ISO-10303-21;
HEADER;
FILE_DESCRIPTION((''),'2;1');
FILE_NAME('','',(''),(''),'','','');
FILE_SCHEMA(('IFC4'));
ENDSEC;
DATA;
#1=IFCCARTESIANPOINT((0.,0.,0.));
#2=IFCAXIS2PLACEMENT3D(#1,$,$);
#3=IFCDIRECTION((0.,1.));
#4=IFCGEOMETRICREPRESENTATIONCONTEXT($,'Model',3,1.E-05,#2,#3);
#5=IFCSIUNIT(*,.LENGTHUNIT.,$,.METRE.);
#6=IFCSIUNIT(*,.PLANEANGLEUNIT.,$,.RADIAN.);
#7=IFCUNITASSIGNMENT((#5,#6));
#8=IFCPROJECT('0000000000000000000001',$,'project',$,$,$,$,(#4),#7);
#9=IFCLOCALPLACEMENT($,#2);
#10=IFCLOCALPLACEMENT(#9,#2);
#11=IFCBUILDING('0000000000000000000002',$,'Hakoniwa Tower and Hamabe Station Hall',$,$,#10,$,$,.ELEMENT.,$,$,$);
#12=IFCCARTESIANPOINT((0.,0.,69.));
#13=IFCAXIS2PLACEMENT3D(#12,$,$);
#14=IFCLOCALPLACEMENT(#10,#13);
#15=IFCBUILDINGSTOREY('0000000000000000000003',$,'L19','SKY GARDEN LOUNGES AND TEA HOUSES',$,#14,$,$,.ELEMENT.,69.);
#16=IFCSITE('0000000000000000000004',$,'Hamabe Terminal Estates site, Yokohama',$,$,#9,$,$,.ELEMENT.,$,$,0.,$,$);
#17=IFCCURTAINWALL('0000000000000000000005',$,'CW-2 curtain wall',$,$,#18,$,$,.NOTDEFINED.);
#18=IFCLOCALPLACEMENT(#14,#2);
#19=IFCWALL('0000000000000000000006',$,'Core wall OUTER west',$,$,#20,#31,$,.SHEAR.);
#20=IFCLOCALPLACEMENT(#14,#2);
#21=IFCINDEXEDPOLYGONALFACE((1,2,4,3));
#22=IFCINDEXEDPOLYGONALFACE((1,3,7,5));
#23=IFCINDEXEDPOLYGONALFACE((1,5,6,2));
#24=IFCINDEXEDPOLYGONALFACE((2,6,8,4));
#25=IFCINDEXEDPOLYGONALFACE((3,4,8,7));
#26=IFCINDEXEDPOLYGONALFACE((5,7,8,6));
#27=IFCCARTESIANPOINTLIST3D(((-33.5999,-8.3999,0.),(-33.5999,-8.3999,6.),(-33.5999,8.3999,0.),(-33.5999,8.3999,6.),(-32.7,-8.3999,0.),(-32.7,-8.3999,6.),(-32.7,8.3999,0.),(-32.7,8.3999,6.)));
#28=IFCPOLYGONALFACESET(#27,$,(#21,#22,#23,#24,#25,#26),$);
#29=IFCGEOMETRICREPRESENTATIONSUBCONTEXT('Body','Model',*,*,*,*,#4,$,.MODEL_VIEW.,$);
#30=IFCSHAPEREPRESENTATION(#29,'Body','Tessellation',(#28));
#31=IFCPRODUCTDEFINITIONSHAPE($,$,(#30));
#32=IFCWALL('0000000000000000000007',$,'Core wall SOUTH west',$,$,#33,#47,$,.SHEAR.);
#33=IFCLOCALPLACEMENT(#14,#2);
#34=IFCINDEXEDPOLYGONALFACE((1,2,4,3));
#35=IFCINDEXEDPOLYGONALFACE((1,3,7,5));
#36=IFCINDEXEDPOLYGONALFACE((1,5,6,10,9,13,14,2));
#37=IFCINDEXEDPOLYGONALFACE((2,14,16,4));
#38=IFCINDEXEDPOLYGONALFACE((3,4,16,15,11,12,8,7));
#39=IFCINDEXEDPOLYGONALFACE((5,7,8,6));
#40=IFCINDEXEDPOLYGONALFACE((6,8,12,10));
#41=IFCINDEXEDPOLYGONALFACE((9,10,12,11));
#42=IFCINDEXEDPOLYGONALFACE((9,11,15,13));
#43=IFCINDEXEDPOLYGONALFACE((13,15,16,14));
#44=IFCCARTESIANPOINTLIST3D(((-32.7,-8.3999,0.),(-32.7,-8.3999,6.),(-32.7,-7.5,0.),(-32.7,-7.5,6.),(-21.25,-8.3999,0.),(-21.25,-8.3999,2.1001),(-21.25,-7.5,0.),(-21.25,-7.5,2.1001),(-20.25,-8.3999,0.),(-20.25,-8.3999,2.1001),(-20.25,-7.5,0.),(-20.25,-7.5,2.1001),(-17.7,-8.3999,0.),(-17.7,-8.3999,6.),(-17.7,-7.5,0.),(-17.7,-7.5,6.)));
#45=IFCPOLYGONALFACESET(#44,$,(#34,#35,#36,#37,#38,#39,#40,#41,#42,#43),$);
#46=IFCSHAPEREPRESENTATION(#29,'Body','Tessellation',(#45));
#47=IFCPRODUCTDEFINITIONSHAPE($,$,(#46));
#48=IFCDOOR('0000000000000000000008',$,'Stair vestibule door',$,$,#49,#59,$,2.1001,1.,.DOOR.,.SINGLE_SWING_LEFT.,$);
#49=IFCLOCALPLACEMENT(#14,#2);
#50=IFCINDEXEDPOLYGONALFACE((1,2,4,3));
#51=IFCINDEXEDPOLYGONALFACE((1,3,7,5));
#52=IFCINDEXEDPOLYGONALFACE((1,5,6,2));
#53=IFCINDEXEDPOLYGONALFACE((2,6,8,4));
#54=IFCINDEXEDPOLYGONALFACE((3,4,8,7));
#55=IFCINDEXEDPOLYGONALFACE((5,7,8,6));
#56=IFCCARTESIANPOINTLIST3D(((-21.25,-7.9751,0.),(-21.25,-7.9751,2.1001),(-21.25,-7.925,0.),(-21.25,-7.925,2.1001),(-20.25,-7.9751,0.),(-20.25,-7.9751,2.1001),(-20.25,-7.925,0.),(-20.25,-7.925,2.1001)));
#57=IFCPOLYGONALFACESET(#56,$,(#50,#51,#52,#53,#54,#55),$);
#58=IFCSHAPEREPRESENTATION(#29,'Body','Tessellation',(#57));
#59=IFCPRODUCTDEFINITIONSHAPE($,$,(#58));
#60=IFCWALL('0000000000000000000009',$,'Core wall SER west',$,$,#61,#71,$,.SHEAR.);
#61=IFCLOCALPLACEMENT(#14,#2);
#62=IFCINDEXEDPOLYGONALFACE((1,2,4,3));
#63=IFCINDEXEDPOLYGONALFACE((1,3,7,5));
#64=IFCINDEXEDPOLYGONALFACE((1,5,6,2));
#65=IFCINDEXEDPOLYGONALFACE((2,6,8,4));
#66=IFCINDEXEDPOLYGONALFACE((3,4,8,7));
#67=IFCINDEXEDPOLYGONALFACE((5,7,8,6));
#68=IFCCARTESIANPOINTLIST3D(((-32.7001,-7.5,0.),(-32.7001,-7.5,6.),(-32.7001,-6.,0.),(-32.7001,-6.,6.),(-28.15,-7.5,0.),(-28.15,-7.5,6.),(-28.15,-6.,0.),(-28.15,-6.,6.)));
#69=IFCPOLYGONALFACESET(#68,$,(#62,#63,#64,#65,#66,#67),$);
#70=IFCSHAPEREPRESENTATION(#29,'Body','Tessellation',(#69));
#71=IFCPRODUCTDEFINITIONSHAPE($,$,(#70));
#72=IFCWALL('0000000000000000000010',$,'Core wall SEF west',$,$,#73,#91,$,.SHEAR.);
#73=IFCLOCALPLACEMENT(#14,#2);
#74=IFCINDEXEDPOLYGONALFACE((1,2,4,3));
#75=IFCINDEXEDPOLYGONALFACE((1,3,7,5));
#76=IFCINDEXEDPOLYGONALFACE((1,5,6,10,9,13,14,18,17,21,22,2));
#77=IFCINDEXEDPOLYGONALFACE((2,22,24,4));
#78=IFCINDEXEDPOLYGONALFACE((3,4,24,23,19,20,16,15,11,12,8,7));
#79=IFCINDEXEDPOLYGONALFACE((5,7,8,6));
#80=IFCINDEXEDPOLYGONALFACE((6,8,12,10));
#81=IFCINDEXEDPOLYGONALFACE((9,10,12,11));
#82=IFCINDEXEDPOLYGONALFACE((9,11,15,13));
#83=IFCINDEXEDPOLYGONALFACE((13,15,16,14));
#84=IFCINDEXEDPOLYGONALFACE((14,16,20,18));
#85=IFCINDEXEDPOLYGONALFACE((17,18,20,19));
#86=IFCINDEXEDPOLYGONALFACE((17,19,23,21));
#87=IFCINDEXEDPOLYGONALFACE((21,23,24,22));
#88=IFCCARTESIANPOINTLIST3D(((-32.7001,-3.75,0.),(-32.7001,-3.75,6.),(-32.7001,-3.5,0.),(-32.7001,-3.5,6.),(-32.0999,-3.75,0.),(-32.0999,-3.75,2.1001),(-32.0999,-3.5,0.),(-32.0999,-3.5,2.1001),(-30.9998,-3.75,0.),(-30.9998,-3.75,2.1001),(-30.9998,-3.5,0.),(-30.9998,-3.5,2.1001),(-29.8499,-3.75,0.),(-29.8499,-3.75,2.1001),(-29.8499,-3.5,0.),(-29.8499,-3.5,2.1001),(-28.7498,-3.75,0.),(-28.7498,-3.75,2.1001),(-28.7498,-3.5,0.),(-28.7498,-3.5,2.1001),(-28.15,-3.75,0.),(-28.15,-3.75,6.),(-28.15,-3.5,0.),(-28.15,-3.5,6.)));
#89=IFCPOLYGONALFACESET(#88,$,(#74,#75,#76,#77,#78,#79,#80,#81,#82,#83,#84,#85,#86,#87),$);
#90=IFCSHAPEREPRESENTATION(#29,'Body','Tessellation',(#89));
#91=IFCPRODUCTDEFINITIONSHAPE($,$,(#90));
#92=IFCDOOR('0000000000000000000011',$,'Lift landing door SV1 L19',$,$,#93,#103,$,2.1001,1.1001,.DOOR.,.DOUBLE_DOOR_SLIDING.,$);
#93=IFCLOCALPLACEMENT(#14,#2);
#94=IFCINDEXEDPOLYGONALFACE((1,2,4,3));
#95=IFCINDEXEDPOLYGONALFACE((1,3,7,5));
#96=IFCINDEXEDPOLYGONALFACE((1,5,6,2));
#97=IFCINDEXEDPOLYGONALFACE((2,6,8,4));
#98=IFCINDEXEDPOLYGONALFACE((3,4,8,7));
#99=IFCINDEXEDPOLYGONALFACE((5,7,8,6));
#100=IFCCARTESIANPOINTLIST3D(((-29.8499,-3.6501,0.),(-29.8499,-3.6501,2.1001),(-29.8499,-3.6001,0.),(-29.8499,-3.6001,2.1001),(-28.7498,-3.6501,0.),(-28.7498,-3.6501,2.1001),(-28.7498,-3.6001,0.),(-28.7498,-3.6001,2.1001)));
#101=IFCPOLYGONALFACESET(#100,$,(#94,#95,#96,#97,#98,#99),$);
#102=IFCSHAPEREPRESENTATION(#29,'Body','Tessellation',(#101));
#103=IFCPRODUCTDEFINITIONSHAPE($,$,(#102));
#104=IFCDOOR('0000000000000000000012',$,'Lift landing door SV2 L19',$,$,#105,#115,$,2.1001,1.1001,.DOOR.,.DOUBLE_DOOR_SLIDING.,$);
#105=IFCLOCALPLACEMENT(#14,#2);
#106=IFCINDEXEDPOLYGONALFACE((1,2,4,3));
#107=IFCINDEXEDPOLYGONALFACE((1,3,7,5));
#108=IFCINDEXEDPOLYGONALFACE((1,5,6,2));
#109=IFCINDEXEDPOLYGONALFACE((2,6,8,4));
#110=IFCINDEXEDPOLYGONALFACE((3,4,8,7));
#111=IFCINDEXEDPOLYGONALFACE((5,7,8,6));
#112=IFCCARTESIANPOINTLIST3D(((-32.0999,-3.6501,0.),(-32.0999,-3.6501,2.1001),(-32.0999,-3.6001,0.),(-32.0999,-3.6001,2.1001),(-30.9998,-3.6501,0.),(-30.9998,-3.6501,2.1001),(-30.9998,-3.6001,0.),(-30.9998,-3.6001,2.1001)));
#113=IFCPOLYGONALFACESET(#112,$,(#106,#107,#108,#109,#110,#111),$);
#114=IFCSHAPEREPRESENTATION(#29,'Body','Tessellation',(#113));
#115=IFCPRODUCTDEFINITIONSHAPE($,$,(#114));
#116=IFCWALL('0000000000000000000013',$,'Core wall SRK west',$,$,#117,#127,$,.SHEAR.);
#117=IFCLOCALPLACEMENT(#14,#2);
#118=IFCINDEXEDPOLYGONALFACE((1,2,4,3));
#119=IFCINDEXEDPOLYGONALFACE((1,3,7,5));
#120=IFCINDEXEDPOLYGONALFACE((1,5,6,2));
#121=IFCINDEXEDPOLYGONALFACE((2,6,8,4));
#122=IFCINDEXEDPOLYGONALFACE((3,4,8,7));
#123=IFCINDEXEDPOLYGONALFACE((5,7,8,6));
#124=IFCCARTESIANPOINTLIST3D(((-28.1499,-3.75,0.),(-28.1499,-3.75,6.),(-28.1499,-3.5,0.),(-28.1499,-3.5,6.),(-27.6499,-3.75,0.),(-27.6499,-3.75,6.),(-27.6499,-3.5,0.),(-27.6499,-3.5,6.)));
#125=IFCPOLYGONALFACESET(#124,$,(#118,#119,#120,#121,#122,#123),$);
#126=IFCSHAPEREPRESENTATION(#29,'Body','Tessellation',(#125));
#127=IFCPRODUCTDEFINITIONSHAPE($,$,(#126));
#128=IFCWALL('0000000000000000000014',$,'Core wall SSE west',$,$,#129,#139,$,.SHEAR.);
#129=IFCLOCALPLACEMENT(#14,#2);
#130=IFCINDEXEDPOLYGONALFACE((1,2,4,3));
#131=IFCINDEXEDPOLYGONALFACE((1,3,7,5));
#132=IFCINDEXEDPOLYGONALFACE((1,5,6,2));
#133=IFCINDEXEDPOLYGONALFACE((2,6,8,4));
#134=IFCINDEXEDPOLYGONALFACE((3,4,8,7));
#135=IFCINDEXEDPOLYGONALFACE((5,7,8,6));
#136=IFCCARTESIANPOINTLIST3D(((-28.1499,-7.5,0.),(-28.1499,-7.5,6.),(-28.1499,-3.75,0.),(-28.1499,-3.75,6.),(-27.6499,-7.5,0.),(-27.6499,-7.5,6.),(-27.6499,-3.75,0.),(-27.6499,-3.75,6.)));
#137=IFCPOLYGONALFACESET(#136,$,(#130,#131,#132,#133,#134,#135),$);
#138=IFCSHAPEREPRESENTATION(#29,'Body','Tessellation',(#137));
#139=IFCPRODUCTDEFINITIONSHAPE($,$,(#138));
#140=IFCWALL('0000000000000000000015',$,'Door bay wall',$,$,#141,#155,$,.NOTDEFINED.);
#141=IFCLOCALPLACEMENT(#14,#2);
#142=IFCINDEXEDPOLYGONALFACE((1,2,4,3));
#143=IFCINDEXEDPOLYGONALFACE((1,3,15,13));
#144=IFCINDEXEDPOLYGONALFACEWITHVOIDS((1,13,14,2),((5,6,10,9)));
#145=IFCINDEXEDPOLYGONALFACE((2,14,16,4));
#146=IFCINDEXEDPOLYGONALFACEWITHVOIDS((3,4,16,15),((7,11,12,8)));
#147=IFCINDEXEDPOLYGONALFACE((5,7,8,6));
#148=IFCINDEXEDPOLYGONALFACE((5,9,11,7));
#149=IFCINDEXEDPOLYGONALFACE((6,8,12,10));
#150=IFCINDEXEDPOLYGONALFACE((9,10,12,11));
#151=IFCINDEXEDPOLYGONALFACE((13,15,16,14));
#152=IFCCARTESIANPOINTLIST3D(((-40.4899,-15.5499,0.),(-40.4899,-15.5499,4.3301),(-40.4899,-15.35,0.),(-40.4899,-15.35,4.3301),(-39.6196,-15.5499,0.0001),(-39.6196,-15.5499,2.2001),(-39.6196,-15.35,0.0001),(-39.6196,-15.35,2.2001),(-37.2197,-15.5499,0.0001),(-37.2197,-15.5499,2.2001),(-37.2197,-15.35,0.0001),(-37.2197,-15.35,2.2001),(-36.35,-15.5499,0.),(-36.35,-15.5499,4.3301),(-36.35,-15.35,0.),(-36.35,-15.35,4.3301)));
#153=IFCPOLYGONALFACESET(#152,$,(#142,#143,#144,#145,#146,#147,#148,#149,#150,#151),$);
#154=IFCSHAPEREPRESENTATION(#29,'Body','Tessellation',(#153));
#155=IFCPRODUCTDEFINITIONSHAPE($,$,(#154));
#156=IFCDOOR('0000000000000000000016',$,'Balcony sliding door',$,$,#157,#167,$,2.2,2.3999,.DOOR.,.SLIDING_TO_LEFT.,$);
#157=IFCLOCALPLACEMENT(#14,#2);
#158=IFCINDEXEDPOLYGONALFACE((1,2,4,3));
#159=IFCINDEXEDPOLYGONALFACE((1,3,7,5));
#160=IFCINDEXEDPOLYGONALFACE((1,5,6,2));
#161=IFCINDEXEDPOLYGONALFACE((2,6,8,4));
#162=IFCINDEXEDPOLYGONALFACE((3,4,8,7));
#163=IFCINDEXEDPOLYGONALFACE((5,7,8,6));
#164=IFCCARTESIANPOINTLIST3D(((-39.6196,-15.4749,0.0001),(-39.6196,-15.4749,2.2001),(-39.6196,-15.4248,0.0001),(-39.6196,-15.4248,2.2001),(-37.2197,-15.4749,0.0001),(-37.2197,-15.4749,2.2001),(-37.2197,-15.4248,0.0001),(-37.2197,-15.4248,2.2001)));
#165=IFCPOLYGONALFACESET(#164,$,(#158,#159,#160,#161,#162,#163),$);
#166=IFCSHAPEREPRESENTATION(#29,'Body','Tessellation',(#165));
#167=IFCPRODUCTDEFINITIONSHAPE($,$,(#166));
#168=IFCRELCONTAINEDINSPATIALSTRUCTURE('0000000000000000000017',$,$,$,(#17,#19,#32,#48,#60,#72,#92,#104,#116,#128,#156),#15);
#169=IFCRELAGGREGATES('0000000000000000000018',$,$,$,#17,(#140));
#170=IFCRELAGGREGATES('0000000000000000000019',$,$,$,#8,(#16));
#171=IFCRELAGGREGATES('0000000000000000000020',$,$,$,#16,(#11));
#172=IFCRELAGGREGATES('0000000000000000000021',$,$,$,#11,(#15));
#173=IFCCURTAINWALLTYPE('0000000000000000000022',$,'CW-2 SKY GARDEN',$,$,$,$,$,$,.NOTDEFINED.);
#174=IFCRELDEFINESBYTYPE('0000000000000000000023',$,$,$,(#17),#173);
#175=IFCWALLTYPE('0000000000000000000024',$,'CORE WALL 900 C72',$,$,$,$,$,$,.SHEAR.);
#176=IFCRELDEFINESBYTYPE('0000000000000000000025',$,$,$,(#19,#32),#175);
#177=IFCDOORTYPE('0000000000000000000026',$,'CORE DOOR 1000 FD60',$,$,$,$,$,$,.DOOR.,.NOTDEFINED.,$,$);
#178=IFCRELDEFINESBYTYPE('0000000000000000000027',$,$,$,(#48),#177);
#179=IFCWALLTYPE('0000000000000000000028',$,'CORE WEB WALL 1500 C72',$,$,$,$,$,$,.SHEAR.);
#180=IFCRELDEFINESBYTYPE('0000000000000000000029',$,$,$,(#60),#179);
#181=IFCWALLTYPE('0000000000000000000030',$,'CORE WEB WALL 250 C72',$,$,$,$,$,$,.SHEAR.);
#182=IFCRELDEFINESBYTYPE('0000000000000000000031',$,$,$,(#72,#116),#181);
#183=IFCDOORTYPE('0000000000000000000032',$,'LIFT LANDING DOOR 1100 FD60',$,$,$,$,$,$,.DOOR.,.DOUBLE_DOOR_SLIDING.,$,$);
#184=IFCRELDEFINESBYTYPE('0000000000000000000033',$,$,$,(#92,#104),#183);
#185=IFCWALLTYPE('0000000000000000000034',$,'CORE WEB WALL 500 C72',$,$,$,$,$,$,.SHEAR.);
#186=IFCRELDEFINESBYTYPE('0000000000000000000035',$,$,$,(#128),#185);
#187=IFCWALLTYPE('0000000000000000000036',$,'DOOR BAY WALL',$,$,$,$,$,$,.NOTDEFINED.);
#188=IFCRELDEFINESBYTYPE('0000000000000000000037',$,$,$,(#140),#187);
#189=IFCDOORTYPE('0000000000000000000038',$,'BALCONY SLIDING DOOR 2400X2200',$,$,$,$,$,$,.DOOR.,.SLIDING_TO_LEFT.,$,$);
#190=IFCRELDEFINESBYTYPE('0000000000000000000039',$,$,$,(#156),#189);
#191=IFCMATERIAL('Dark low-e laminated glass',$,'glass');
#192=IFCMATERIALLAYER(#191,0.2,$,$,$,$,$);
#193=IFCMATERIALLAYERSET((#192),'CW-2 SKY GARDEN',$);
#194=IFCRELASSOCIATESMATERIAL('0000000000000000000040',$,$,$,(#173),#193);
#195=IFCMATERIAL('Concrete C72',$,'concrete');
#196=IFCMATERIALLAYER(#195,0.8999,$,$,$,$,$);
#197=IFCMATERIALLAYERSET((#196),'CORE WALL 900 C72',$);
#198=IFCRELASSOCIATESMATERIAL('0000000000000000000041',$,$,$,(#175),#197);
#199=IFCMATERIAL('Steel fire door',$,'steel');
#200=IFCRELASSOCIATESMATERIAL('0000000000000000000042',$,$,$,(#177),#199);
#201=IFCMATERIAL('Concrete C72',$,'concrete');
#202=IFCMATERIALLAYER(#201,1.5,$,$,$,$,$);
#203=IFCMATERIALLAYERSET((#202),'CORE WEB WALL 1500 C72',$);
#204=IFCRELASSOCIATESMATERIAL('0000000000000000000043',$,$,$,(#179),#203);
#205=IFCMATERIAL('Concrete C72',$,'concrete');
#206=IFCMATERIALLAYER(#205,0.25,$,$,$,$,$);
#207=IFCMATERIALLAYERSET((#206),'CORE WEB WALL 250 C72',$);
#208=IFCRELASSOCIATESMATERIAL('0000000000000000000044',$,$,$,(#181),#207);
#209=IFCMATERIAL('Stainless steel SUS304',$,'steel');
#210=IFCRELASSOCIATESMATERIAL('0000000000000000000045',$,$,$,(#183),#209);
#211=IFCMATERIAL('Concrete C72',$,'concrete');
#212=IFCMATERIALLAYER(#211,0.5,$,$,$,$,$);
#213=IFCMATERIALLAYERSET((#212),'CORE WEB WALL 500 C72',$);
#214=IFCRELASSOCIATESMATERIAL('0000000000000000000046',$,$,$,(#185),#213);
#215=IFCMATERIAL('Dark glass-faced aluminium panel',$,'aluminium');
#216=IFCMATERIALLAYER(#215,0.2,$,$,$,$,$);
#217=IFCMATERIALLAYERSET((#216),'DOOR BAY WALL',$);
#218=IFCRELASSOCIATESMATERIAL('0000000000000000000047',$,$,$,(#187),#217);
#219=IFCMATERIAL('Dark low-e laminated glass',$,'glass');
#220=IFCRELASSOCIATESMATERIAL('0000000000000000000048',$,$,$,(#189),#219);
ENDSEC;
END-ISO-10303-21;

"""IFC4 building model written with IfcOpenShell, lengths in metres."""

from ifc_helpers import new_model, si_unit, direction, frame, frame_2d, origin, place, context, subcontext, project, spatial, rectangle, extrude, material, layer, layer_set, type_object, element, fill, aggregate, save


model = new_model("IFC4")

# Units and contexts
model_context = context("Model", 3, precision=1e-05, world=origin(), true_north=direction((0.0, 1.0)))
body_context = subcontext(model_context, "Body", "Model", "MODEL_VIEW")
ifc_project = project(units=[si_unit("LENGTHUNIT", "METRE"), si_unit("PLANEANGLEUNIT", "RADIAN")], contexts=[model_context])

# Site, building, storey
site_placement = place(None, origin())
site = spatial("IfcSite", under=ifc_project, at=site_placement, Name="Hamabe Terminal Estates site, Yokohama", CompositionType="ELEMENT", RefElevation=0.0)
building_placement = place(site_placement, origin())
building = spatial("IfcBuilding", under=site, at=building_placement, Name="Hakoniwa Tower and Hamabe Station Hall", CompositionType="ELEMENT")
storey_placement = place(building_placement, frame((0.0, 0.0, 69.0)))
storey = spatial("IfcBuildingStorey", under=building, at=storey_placement, Name="L19", Description="SKY GARDEN LOUNGES AND TEA HOUSES", CompositionType="ELEMENT", Elevation=69.0)

# Curtain wall
ifc_material_1 = material(Name="Dark low-e laminated glass", Category="glass")
ifc_layer_1 = layer(ifc_material_1, 0.2)
ifc_layer_set_1 = layer_set([ifc_layer_1], Name="CW-2 SKY GARDEN")
curtain_wall_type = type_object("IfcCurtainWallType", Name="CW-2 SKY GARDEN", PredefinedType="NOTDEFINED", material=ifc_layer_set_1)
curtain_wall_placement = place(storey_placement, origin())
curtain_wall = element("IfcCurtainWall", 1, at=curtain_wall_placement, inside=storey, type_object=curtain_wall_type, Name="CW-2 curtain wall", PredefinedType="NOTDEFINED")

# Wall
ifc_material_2 = material(Name="Concrete C72", Category="concrete")
ifc_layer_2 = layer(ifc_material_2, 0.8999)
ifc_layer_set_2 = layer_set([ifc_layer_2], Name="CORE WALL 900 C72")
wall_type_1 = type_object("IfcWallType", Name="CORE WALL 900 C72", PredefinedType="SHEAR", material=ifc_layer_set_2)
wall_1_placement = place(storey_placement, frame((-33.1499, -8.3999, 0.0), z_axis=(0.0, 0.0, 1.0), x_axis=(0.0, 1.0, 0.0)))
element("IfcWall", 2, at=wall_1_placement, inside=storey, type_object=wall_type_1, Name="Core wall OUTER west", PredefinedType="SHEAR", context=body_context, shape_type="SweptSolid", body=[
    extrude(rectangle(XDim=16.7998, YDim=0.8999, at=frame_2d((8.3999, 0.0))), origin(), (0.0, 0.0, 1.0), 6.0),
])

# Wall, opening, door
wall_2_placement = place(storey_placement, frame((-32.7, -7.95, 0.0), z_axis=(0.0, 0.0, 1.0), x_axis=(1.0, 0.0, 0.0)))
wall_2 = element("IfcWall", 3, at=wall_2_placement, inside=storey, type_object=wall_type_1, Name="Core wall SOUTH west", PredefinedType="SHEAR", context=body_context, shape_type="SweptSolid", body=[
    extrude(rectangle(XDim=15.0, YDim=0.8999, at=frame_2d((7.5, 0.0))), origin(), (0.0, 0.0, 1.0), 6.0),
])
opening_1_placement = place(wall_2_placement, frame((11.45, 0.0, 0.0)))
opening_1 = element("IfcOpeningElement", 4, at=opening_1_placement, cuts=wall_2, PredefinedType="OPENING", context=body_context, shape_type="SweptSolid", body=[
    extrude(rectangle(XDim=1.0, YDim=2.1001, at=frame_2d((0.5, 1.05))), frame((0.0, 0.46, 0.0), z_axis=(0.0, -1.0, 0.0), x_axis=(1.0, 0.0, 0.0)), (0.0, 0.0, 1.0), 0.9199),
])
ifc_material_3 = material(Name="Steel fire door", Category="steel")
door_type_1 = type_object("IfcDoorType", Name="CORE DOOR 1000 FD60", OperationType="NOTDEFINED", PredefinedType="DOOR", material=ifc_material_3)
door_1_placement = place(opening_1_placement, origin())
door_1 = element("IfcDoor", 5, at=door_1_placement, inside=storey, type_object=door_type_1, Name="Stair vestibule door", OperationType="SINGLE_SWING_LEFT", OverallHeight=2.1001, OverallWidth=1.0, PredefinedType="DOOR", context=body_context, shape_type="SweptSolid", body=[
    extrude(rectangle(XDim=1.0, YDim=2.1001, at=frame_2d((0.5, 1.05))), frame((0.0, 0.0249, 0.0), z_axis=(0.0, -1.0, 0.0), x_axis=(1.0, 0.0, 0.0)), (0.0, 0.0, 1.0), 0.05),
])
fill(opening_1, door_1)

# Wall
ifc_material_4 = material(Name="Concrete C72", Category="concrete")
ifc_layer_3 = layer(ifc_material_4, 1.5)
ifc_layer_set_3 = layer_set([ifc_layer_3], Name="CORE WEB WALL 1500 C72")
wall_type_2 = type_object("IfcWallType", Name="CORE WEB WALL 1500 C72", PredefinedType="SHEAR", material=ifc_layer_set_3)
wall_3_placement = place(storey_placement, frame((-32.7, -6.75, 0.0), z_axis=(0.0, 0.0, 1.0), x_axis=(1.0, 0.0, 0.0)))
element("IfcWall", 6, at=wall_3_placement, inside=storey, type_object=wall_type_2, Name="Core wall SER west", PredefinedType="SHEAR", context=body_context, shape_type="SweptSolid", body=[
    extrude(rectangle(XDim=4.55, YDim=1.5, at=frame_2d((2.2749, 0.0))), origin(), (0.0, 0.0, 1.0), 6.0),
])

# Wall, openings, doors
ifc_material_5 = material(Name="Concrete C72", Category="concrete")
ifc_layer_4 = layer(ifc_material_5, 0.25)
ifc_layer_set_4 = layer_set([ifc_layer_4], Name="CORE WEB WALL 250 C72")
wall_type_3 = type_object("IfcWallType", Name="CORE WEB WALL 250 C72", PredefinedType="SHEAR", material=ifc_layer_set_4)
wall_4_placement = place(storey_placement, frame((-32.7, -3.625, 0.0), z_axis=(0.0, 0.0, 1.0), x_axis=(1.0, 0.0, 0.0)))
wall_4 = element("IfcWall", 7, at=wall_4_placement, inside=storey, type_object=wall_type_3, Name="Core wall SEF west", PredefinedType="SHEAR", context=body_context, shape_type="SweptSolid", body=[
    extrude(rectangle(XDim=4.55, YDim=0.25, at=frame_2d((2.2749, 0.0))), origin(), (0.0, 0.0, 1.0), 6.0),
])
opening_2_placement = place(wall_4_placement, frame((2.8501, 0.0, 0.0)))
opening_2 = element("IfcOpeningElement", 8, at=opening_2_placement, cuts=wall_4, PredefinedType="OPENING", context=body_context, shape_type="SweptSolid", body=[
    extrude(rectangle(XDim=1.1001, YDim=2.1001, at=frame_2d((0.55, 1.05))), frame((0.0, 0.135, 0.0), z_axis=(0.0, -1.0, 0.0), x_axis=(1.0, 0.0, 0.0)), (0.0, 0.0, 1.0), 0.27),
])
opening_3_placement = place(wall_4_placement, frame((0.6001, 0.0, 0.0)))
opening_3 = element("IfcOpeningElement", 9, at=opening_3_placement, cuts=wall_4, PredefinedType="OPENING", context=body_context, shape_type="SweptSolid", body=[
    extrude(rectangle(XDim=1.1001, YDim=2.1001, at=frame_2d((0.55, 1.05))), frame((0.0, 0.135, 0.0), z_axis=(0.0, -1.0, 0.0), x_axis=(1.0, 0.0, 0.0)), (0.0, 0.0, 1.0), 0.27),
])
ifc_material_6 = material(Name="Stainless steel SUS304", Category="steel")
door_type_2 = type_object("IfcDoorType", Name="LIFT LANDING DOOR 1100 FD60", OperationType="DOUBLE_DOOR_SLIDING", PredefinedType="DOOR", material=ifc_material_6)
door_2_placement = place(opening_2_placement, origin())
door_2 = element("IfcDoor", 10, at=door_2_placement, inside=storey, type_object=door_type_2, Name="Lift landing door SV1 L19", OperationType="DOUBLE_DOOR_SLIDING", OverallHeight=2.1001, OverallWidth=1.1001, PredefinedType="DOOR", context=body_context, shape_type="SweptSolid", body=[
    extrude(rectangle(XDim=1.1001, YDim=2.1001, at=frame_2d((0.55, 1.05))), frame((0.0, 0.0249, 0.0), z_axis=(0.0, -1.0, 0.0), x_axis=(1.0, 0.0, 0.0)), (0.0, 0.0, 1.0), 0.05),
])
fill(opening_2, door_2)
door_3_placement = place(opening_3_placement, origin())
door_3 = element("IfcDoor", 11, at=door_3_placement, inside=storey, type_object=door_type_2, Name="Lift landing door SV2 L19", OperationType="DOUBLE_DOOR_SLIDING", OverallHeight=2.1001, OverallWidth=1.1001, PredefinedType="DOOR", context=body_context, shape_type="SweptSolid", body=[
    extrude(rectangle(XDim=1.1001, YDim=2.1001, at=frame_2d((0.55, 1.05))), frame((0.0, 0.0249, 0.0), z_axis=(0.0, -1.0, 0.0), x_axis=(1.0, 0.0, 0.0)), (0.0, 0.0, 1.0), 0.05),
])
fill(opening_3, door_3)

# Walls
wall_5_placement = place(storey_placement, frame((-28.1499, -3.625, 0.0), z_axis=(0.0, 0.0, 1.0), x_axis=(1.0, 0.0, 0.0)))
element("IfcWall", 12, at=wall_5_placement, inside=storey, type_object=wall_type_3, Name="Core wall SRK west", PredefinedType="SHEAR", context=body_context, shape_type="SweptSolid", body=[
    extrude(rectangle(XDim=0.5, YDim=0.25, at=frame_2d((0.25, 0.0))), origin(), (0.0, 0.0, 1.0), 6.0),
])
ifc_material_7 = material(Name="Concrete C72", Category="concrete")
ifc_layer_5 = layer(ifc_material_7, 0.5)
ifc_layer_set_5 = layer_set([ifc_layer_5], Name="CORE WEB WALL 500 C72")
wall_type_4 = type_object("IfcWallType", Name="CORE WEB WALL 500 C72", PredefinedType="SHEAR", material=ifc_layer_set_5)
wall_6_placement = place(storey_placement, frame((-27.8999, -7.5, 0.0), z_axis=(0.0, 0.0, 1.0), x_axis=(0.0, 1.0, 0.0)))
element("IfcWall", 13, at=wall_6_placement, inside=storey, type_object=wall_type_4, Name="Core wall SSE west", PredefinedType="SHEAR", context=body_context, shape_type="SweptSolid", body=[
    extrude(rectangle(XDim=3.75, YDim=0.5, at=frame_2d((1.875, 0.0))), origin(), (0.0, 0.0, 1.0), 6.0),
])

# Wall, opening, door
ifc_material_8 = material(Name="Dark glass-faced aluminium panel", Category="aluminium")
ifc_layer_6 = layer(ifc_material_8, 0.2)
ifc_layer_set_6 = layer_set([ifc_layer_6], Name="DOOR BAY WALL")
wall_type_5 = type_object("IfcWallType", Name="DOOR BAY WALL", PredefinedType="NOTDEFINED", material=ifc_layer_set_6)
wall_7_placement = place(storey_placement, frame((-40.4897, -15.45, 0.0), z_axis=(0.0, 0.0, 1.0), x_axis=(1.0, 0.0, 0.0)))
wall_7 = element("IfcWall", 14, at=wall_7_placement, type_object=wall_type_5, Name="Door bay wall", PredefinedType="NOTDEFINED", context=body_context, shape_type="SweptSolid", body=[
    extrude(rectangle(XDim=4.1399, YDim=0.2, at=frame_2d((2.0698, 0.0))), origin(), (0.0, 0.0, 1.0), 4.3301),
])
opening_4_placement = place(wall_7_placement, frame((0.8701, 0.0, 0.0)))
opening_4 = element("IfcOpeningElement", 15, at=opening_4_placement, cuts=wall_7, PredefinedType="OPENING", context=body_context, shape_type="SweptSolid", body=[
    extrude(rectangle(XDim=2.3999, YDim=2.2, at=frame_2d((1.2, 1.1001))), frame((0.0, 0.1099, 0.0), z_axis=(0.0, -1.0, 0.0), x_axis=(1.0, 0.0, 0.0)), (0.0, 0.0, 1.0), 0.22),
])
ifc_material_9 = material(Name="Dark low-e laminated glass", Category="glass")
door_type_3 = type_object("IfcDoorType", Name="BALCONY SLIDING DOOR 2400X2200", OperationType="SLIDING_TO_LEFT", PredefinedType="DOOR", material=ifc_material_9)
door_4_placement = place(opening_4_placement, frame((2.3999, 0.0, 0.0), z_axis=(0.0, 0.0, 1.0), x_axis=(-1.0, 0.0, 0.0)))
door_4 = element("IfcDoor", 16, at=door_4_placement, inside=storey, type_object=door_type_3, Name="Balcony sliding door", OperationType="SLIDING_TO_LEFT", OverallHeight=2.2, OverallWidth=2.3999, PredefinedType="DOOR", context=body_context, shape_type="SweptSolid", body=[
    extrude(rectangle(XDim=2.3999, YDim=2.2, at=frame_2d((1.2, 1.1001))), frame((0.0, 0.0249, 0.0), z_axis=(0.0, -1.0, 0.0), x_axis=(1.0, 0.0, 0.0)), (0.0, 0.0, 1.0), 0.05),
])
fill(opening_4, door_4)

aggregate(curtain_wall, [wall_7])

save(model, "model.ifc")
